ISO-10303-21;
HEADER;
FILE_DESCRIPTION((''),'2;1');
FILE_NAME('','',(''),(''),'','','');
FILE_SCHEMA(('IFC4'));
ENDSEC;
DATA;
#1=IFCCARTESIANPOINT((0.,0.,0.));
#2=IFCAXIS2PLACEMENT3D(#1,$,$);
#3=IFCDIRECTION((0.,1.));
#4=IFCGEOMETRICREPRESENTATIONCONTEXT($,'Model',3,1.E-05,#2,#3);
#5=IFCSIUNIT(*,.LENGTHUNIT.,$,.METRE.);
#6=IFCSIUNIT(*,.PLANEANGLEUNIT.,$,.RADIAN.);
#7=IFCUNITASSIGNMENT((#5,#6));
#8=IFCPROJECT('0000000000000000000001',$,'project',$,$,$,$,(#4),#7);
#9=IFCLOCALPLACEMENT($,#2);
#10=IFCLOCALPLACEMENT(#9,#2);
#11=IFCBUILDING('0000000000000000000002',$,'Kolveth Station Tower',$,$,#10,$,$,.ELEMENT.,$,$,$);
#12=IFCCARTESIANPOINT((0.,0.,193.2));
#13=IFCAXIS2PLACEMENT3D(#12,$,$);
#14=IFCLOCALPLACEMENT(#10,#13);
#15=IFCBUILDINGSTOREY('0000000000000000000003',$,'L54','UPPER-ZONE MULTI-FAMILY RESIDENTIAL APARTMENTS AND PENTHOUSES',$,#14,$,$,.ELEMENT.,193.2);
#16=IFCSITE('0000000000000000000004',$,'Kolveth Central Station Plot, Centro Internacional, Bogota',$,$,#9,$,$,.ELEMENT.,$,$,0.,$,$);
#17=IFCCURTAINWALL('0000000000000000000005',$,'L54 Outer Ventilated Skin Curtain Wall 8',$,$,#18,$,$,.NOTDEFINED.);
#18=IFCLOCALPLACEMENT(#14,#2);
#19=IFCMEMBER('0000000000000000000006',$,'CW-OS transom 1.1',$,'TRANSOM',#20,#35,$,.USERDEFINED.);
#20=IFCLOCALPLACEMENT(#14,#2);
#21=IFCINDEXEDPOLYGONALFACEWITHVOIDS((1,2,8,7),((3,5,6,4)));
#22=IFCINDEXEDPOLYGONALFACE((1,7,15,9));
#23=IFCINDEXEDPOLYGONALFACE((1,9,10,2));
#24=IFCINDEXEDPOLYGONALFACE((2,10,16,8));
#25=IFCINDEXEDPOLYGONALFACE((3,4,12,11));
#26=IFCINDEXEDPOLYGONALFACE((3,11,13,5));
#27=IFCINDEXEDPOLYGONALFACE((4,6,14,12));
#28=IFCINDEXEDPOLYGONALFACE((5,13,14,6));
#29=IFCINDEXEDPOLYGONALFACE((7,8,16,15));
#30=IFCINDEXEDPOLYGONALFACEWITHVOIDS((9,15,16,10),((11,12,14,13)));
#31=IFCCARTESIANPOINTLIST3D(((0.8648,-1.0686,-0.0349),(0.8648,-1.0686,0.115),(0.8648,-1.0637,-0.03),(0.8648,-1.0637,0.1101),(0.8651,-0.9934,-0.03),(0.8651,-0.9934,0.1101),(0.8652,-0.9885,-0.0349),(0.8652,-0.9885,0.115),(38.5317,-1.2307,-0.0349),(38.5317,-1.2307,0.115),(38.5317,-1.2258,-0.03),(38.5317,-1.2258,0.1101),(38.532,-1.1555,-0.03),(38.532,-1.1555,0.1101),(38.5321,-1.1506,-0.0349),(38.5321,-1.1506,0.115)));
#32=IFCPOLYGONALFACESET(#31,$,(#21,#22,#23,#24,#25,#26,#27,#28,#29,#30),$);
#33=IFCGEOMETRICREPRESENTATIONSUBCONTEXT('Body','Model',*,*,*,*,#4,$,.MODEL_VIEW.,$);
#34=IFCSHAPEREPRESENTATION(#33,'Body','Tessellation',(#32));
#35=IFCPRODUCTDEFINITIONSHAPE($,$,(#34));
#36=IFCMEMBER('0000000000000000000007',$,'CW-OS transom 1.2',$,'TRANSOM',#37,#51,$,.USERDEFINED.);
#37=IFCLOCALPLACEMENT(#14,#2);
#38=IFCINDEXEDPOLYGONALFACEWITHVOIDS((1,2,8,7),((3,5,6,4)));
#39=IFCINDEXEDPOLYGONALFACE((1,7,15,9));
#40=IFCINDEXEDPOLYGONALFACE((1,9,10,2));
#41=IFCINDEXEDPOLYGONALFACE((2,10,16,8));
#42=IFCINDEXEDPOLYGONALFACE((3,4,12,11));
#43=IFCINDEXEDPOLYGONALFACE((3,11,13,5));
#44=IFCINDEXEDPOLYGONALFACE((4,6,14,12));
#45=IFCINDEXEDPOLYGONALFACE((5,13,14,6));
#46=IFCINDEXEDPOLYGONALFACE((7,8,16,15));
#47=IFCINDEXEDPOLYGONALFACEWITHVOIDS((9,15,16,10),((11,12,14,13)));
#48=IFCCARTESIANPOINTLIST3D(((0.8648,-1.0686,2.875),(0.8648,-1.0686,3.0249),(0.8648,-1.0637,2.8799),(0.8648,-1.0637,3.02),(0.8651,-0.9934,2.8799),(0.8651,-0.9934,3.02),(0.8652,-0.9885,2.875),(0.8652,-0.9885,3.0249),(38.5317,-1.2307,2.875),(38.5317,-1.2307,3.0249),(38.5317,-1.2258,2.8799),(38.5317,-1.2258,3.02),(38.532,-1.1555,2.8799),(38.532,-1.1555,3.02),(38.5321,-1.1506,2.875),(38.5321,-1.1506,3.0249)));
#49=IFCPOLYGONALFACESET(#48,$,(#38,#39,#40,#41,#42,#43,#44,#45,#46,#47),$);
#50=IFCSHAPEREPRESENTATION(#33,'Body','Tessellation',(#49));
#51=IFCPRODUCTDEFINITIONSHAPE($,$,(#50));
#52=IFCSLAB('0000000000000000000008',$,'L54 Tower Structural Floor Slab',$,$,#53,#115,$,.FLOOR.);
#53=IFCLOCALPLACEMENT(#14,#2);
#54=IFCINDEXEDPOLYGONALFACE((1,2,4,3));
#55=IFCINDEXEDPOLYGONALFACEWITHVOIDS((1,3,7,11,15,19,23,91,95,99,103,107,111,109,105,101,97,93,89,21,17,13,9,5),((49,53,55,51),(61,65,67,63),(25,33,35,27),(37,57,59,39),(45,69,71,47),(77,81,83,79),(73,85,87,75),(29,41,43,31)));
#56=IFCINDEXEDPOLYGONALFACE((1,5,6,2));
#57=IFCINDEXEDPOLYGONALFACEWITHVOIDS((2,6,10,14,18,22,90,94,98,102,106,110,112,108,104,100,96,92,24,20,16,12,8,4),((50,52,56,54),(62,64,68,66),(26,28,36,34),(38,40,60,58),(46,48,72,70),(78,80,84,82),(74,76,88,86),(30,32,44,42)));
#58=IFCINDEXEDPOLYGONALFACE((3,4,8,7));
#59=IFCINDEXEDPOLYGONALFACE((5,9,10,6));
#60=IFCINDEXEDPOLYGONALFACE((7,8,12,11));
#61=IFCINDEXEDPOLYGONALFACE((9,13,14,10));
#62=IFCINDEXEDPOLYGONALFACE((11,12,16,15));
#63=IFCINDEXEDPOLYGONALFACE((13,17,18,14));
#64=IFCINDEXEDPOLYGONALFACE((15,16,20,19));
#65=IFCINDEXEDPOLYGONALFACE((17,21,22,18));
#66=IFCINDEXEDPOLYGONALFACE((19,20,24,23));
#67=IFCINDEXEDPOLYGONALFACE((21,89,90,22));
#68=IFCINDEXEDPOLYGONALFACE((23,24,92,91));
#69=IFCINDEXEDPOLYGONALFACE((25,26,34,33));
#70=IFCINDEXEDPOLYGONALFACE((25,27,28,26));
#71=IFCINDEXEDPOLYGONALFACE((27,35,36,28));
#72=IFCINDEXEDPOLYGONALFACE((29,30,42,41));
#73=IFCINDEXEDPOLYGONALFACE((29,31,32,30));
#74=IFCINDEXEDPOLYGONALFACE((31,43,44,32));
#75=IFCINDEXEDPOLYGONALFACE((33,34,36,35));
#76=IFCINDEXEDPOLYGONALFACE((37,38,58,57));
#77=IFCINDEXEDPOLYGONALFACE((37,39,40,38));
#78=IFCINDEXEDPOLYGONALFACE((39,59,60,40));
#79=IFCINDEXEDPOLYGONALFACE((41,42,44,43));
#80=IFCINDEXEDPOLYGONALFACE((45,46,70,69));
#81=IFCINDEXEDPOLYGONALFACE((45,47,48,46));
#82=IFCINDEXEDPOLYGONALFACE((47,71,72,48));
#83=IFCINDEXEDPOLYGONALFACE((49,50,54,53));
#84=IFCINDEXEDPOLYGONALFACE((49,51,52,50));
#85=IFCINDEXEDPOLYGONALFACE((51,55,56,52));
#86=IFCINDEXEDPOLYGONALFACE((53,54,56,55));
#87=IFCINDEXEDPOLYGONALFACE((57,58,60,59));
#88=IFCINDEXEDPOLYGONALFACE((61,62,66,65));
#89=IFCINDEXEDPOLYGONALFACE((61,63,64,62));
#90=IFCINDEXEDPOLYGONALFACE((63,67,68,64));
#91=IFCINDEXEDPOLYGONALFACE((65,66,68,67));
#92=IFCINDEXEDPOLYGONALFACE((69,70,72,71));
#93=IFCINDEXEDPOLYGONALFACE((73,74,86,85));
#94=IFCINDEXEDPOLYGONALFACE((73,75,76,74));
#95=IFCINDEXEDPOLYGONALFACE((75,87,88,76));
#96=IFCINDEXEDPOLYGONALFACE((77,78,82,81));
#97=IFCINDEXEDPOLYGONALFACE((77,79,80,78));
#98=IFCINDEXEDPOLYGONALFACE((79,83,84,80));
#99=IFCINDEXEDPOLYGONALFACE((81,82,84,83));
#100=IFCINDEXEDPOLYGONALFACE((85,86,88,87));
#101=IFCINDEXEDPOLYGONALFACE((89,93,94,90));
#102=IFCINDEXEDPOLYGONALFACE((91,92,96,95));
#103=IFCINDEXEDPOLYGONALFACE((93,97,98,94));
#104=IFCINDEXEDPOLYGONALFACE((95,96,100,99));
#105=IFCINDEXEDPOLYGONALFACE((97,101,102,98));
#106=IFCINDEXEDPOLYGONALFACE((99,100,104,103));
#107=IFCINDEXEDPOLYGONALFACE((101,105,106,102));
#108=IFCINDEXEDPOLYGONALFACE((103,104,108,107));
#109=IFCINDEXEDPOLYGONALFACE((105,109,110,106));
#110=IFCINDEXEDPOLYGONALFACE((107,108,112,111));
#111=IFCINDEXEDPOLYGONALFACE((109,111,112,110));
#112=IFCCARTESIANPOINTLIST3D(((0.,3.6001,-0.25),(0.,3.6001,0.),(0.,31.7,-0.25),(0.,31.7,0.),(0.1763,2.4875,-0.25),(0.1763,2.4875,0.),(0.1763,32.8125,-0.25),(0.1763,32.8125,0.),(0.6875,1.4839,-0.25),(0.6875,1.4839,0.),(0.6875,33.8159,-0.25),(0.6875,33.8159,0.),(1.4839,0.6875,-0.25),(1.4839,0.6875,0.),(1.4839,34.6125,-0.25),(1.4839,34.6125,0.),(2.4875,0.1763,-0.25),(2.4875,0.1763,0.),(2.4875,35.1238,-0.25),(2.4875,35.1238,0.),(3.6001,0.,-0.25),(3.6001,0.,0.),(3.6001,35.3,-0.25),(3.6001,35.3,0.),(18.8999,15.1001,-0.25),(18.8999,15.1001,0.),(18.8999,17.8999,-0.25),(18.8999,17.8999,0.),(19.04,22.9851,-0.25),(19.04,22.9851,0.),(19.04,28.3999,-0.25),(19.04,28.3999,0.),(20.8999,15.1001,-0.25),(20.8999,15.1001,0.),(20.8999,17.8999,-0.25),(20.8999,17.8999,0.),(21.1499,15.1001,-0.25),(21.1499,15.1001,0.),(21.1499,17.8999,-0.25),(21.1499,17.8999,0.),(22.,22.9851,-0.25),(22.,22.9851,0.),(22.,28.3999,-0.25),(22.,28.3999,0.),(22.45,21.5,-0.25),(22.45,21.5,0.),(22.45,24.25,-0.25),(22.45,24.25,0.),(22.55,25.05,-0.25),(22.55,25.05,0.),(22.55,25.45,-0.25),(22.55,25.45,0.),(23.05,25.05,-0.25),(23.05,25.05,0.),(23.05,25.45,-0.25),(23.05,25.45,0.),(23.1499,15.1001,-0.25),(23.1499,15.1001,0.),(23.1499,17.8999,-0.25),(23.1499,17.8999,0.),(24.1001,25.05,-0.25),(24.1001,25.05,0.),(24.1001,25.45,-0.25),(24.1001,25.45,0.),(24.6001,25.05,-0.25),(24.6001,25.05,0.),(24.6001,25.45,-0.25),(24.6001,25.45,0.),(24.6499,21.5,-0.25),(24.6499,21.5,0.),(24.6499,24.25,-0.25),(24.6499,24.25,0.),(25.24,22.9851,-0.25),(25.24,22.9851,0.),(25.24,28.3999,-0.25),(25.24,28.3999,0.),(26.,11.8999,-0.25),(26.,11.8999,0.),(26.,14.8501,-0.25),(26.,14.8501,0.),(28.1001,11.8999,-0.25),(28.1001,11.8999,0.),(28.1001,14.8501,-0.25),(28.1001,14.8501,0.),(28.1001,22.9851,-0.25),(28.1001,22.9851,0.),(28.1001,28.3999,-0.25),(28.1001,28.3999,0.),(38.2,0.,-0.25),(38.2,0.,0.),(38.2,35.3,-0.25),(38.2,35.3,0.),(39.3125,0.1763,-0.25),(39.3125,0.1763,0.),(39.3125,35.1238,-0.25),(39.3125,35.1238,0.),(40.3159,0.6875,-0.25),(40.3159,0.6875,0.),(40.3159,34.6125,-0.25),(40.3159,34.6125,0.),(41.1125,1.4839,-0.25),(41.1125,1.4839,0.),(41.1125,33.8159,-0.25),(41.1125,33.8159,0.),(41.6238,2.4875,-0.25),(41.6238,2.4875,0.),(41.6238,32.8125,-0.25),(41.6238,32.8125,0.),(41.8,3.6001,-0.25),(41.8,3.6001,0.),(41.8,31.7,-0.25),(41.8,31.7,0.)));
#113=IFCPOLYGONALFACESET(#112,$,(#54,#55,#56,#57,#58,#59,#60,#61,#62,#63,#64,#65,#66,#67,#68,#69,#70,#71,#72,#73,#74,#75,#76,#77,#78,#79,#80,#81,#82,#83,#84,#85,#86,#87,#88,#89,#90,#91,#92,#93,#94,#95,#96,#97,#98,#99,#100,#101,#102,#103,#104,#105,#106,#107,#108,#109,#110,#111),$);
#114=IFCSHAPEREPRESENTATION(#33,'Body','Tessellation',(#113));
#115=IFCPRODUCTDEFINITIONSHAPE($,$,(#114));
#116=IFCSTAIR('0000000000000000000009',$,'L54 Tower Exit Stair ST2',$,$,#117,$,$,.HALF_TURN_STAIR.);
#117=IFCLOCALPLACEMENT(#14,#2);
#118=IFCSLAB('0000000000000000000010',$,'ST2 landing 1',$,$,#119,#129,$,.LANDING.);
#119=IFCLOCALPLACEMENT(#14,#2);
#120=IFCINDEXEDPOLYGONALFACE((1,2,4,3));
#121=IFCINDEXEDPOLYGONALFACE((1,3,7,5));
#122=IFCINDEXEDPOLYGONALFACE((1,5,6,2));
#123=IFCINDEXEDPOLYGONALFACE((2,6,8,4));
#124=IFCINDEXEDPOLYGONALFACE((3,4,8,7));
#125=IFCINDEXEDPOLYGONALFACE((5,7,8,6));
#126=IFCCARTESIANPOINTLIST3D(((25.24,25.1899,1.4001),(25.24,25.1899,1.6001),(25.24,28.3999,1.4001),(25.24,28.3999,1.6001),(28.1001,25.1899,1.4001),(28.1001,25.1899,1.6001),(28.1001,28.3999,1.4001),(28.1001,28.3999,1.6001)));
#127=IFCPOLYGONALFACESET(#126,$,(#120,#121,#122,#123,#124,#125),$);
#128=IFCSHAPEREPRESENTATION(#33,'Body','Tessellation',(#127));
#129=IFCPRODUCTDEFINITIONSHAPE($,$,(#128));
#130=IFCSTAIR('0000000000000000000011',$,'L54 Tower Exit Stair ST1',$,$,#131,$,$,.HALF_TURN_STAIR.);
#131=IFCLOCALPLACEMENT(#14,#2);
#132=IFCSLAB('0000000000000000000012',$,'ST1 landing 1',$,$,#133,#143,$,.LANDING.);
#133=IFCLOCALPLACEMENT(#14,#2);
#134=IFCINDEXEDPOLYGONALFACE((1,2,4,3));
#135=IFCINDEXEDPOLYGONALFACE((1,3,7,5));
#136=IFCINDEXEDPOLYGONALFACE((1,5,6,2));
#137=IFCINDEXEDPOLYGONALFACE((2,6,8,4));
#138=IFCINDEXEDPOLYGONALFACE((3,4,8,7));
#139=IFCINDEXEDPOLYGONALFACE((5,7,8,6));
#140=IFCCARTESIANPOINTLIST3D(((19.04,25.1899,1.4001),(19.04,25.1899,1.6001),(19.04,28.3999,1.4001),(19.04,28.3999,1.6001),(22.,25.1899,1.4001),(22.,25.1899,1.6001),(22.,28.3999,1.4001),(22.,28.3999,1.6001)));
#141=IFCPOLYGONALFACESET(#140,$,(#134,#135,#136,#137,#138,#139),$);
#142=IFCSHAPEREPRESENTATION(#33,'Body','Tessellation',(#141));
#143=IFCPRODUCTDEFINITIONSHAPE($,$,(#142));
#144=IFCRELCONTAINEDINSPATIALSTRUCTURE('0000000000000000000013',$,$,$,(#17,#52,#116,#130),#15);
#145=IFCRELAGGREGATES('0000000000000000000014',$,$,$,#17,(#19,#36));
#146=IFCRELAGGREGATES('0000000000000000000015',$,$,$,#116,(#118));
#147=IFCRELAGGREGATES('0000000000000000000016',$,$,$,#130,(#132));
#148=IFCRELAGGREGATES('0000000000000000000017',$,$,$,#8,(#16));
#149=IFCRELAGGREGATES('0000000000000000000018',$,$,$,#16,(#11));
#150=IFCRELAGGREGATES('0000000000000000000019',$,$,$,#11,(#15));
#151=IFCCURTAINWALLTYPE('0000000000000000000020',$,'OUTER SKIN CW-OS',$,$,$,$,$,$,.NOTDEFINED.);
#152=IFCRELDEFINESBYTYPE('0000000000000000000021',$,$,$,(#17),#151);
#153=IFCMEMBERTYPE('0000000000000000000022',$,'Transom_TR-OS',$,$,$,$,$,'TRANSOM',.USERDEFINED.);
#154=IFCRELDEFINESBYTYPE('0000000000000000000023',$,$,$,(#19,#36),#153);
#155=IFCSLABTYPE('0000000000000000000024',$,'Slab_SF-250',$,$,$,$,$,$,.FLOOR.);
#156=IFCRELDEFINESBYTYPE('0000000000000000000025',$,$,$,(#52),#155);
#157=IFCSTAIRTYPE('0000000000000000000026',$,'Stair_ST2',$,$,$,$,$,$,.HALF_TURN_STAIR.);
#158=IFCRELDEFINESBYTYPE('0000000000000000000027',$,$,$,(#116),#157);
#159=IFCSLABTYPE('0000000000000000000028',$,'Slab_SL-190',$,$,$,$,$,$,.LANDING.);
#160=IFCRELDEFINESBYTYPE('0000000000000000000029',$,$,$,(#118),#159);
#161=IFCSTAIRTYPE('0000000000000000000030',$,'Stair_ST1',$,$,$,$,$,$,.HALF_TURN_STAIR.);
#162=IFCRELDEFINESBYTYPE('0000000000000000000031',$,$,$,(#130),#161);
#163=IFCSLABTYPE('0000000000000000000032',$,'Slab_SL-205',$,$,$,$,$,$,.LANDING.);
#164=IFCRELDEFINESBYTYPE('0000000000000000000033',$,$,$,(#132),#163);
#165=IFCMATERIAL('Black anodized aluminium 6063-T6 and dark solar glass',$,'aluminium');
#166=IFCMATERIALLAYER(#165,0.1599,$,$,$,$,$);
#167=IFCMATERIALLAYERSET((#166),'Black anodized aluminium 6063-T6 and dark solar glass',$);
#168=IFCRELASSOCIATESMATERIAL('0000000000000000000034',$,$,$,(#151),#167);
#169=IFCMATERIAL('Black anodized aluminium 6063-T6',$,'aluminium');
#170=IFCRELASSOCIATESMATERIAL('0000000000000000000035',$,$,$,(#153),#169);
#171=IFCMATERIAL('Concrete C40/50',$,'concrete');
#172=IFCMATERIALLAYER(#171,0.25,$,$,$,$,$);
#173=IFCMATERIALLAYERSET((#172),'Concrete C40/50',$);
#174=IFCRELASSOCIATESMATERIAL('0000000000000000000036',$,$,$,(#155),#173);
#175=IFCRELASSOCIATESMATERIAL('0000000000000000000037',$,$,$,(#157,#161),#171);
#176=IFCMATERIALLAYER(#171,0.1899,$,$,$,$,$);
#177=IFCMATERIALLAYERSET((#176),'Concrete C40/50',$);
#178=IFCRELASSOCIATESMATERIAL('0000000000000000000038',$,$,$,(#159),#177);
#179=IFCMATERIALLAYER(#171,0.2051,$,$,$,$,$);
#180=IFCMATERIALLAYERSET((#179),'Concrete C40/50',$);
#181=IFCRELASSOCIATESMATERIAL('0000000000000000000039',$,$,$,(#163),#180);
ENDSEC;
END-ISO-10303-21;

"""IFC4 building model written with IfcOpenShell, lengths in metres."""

from ifc_helpers import new_model, si_unit, direction, frame, origin, origin_2d, place, context, subcontext, project, spatial, polyline, hollow_rectangle, outline, extrude, source, transform, mapped, material, layer, layer_set, material_profile, profile_set, type_object, element, aggregate, save


model = new_model("IFC4")

# Units and contexts
model_context = context("Model", 3, precision=1e-05, world=origin(), true_north=direction((0.0, 1.0)))
body_context = subcontext(model_context, "Body", "Model", "MODEL_VIEW")
ifc_project = project(units=[si_unit("LENGTHUNIT", "METRE"), si_unit("PLANEANGLEUNIT", "RADIAN")], contexts=[model_context])

# Site, building, storey
site_placement = place(None, origin())
site = spatial("IfcSite", under=ifc_project, at=site_placement, Name="Kolveth Central Station Plot, Centro Internacional, Bogota", CompositionType="ELEMENT", RefElevation=0.0)
building_placement = place(site_placement, origin())
building = spatial("IfcBuilding", under=site, at=building_placement, Name="Kolveth Station Tower", CompositionType="ELEMENT")
storey_placement = place(building_placement, frame((0.0, 0.0, 193.2)))
storey = spatial("IfcBuildingStorey", under=building, at=storey_placement, Name="L54", Description="UPPER-ZONE MULTI-FAMILY RESIDENTIAL APARTMENTS AND PENTHOUSES", CompositionType="ELEMENT", Elevation=193.2)

# Shared definitions
ifc_material_1 = material(Name="Black anodized aluminium 6063-T6", Category="aluminium")

# Curtain wall
ifc_material_2 = material(Name="Black anodized aluminium 6063-T6 and dark solar glass", Category="aluminium")
ifc_layer_1 = layer(ifc_material_2, 0.1599)
ifc_layer_set_1 = layer_set([ifc_layer_1], Name="Black anodized aluminium 6063-T6 and dark solar glass")
curtain_wall_type_1 = type_object("IfcCurtainWallType", Name="OUTER SKIN CW-OS", PredefinedType="NOTDEFINED", material=ifc_layer_set_1)
curtain_wall_1_placement = place(storey_placement, origin())
curtain_wall_1 = element("IfcCurtainWall", 1, at=curtain_wall_1_placement, inside=storey, type_object=curtain_wall_type_1, Name="L54 Outer Ventilated Skin Curtain Wall 8", PredefinedType="NOTDEFINED")

# Members
ifc_material_profile_1 = material_profile(ifc_material_1, hollow_rectangle(XDim=0.0801, YDim=0.1499, WallThickness=0.0049, at=origin_2d()), Name="ALU-80x150x5")
ifc_profile_set_1 = profile_set([ifc_material_profile_1], Name="Black anodized aluminium 6063-T6")
member_type_1 = type_object("IfcMemberType", Name="Transom_TR-OS", ElementType="TRANSOM", PredefinedType="USERDEFINED", material=ifc_profile_set_1)
shared_shape_1 = source(origin(), body_context, "Body", "SweptSolid", [
    extrude(hollow_rectangle(XDim=0.0801, YDim=0.1499, WallThickness=0.0049, at=origin_2d()), origin(), (0.0, 0.0, 1.0), 37.6672),
])
member_1_placement = place(storey_placement, frame((0.865, -1.0286, 0.04), z_axis=(0.999991, -0.004304, 0.0), x_axis=(0.004304, 0.999991, 0.0)))
member_1 = element("IfcMember", 2, at=member_1_placement, type_object=member_type_1, Name="CW-OS transom 1.1", ObjectType="TRANSOM", PredefinedType="USERDEFINED", context=body_context, shape_type="MappedRepresentation", body=[
    mapped(shared_shape_1, transform((0.0, 0.0, 0.0), x_axis=(1.0, 0.0, 0.0), y_axis=(0.0, 1.0, 0.0), z_axis=(0.0, 0.0, 1.0), scale=1.0)),
])
member_2_placement = place(storey_placement, frame((0.865, -1.0286, 2.95), z_axis=(0.999991, -0.004304, 0.0), x_axis=(0.004304, 0.999991, 0.0)))
member_2 = element("IfcMember", 3, at=member_2_placement, type_object=member_type_1, Name="CW-OS transom 1.2", ObjectType="TRANSOM", PredefinedType="USERDEFINED", context=body_context, shape_type="MappedRepresentation", body=[
    mapped(shared_shape_1, transform((0.0, 0.0, 0.0), x_axis=(1.0, 0.0, 0.0), y_axis=(0.0, 1.0, 0.0), z_axis=(0.0, 0.0, 1.0), scale=1.0)),
])
aggregate(curtain_wall_1, [member_1, member_2])

# Slab
ifc_material_3 = material(Name="Concrete C40/50", Category="concrete")
ifc_layer_2 = layer(ifc_material_3, 0.25)
ifc_layer_set_2 = layer_set([ifc_layer_2], Name="Concrete C40/50")
slab_type_1 = type_object("IfcSlabType", Name="Slab_SF-250", PredefinedType="FLOOR", material=ifc_layer_set_2)
slab_1_placement = place(storey_placement, frame((0.0, 0.0, -0.25)))
element("IfcSlab", 4, at=slab_1_placement, inside=storey, type_object=slab_type_1, Name="L54 Tower Structural Floor Slab", PredefinedType="FLOOR", context=body_context, shape_type="SweptSolid", body=[
    extrude(outline(polyline([(38.2, 0.0), (39.3125, 0.1763), (40.3159, 0.6875), (41.1125, 1.4839), (41.6238, 2.4875), (41.8, 3.6001), (41.8, 31.7), (41.6238, 32.8125), (41.1125, 33.8159), (40.3159, 34.6125), (39.3125, 35.1238), (38.2, 35.3), (3.6001, 35.3), (2.4875, 35.1238), (1.4839, 34.6125), (0.6875, 33.8159), (0.1763, 32.8125), (0.0, 31.7), (0.0, 3.6001), (0.1763, 2.4875), (0.6875, 1.4839), (1.4839, 0.6875), (2.4875, 0.1763), (3.6001, 0.0), (38.2, 0.0)]), holes=[polyline([(19.04, 22.9851), (22.0, 22.9851), (22.0, 28.3999), (19.04, 28.3999), (19.04, 22.9851)]), polyline([(25.24, 22.9851), (28.1001, 22.9851), (28.1001, 28.3999), (25.24, 28.3999), (25.24, 22.9851)]), polyline([(18.8999, 15.1001), (20.8999, 15.1001), (20.8999, 17.8999), (18.8999, 17.8999), (18.8999, 15.1001)]), polyline([(21.1499, 15.1001), (23.1499, 15.1001), (23.1499, 17.8999), (21.1499, 17.8999), (21.1499, 15.1001)]), polyline([(22.45, 21.5), (24.6499, 21.5), (24.6499, 24.25), (22.45, 24.25), (22.45, 21.5)]), polyline([(26.0, 11.8999), (28.1001, 11.8999), (28.1001, 14.8501), (26.0, 14.8501), (26.0, 11.8999)]), polyline([(22.55, 25.05), (23.05, 25.05), (23.05, 25.45), (22.55, 25.45), (22.55, 25.05)]), polyline([(24.1001, 25.05), (24.6001, 25.05), (24.6001, 25.45), (24.1001, 25.45), (24.1001, 25.05)])]), origin(), (0.0, 0.0, 1.0), 0.25),
])

# Stairs, slabs
stair_type_1 = type_object("IfcStairType", Name="Stair_ST2", PredefinedType="HALF_TURN_STAIR", material=ifc_material_3)
stair_1_placement = place(storey_placement, origin())
stair_1 = element("IfcStair", 5, at=stair_1_placement, inside=storey, type_object=stair_type_1, Name="L54 Tower Exit Stair ST2", PredefinedType="HALF_TURN_STAIR")
ifc_layer_3 = layer(ifc_material_3, 0.1899)
ifc_layer_set_3 = layer_set([ifc_layer_3], Name="Concrete C40/50")
slab_type_2 = type_object("IfcSlabType", Name="Slab_SL-190", PredefinedType="LANDING", material=ifc_layer_set_3)
slab_2_placement = place(storey_placement, frame((0.0, 0.0, 1.4001)))
slab_2 = element("IfcSlab", 6, at=slab_2_placement, type_object=slab_type_2, Name="ST2 landing 1", PredefinedType="LANDING", context=body_context, shape_type="SweptSolid", body=[
    extrude(outline(polyline([(28.1001, 25.1899), (28.1001, 28.3999), (25.24, 28.3999), (25.24, 25.1899), (28.1001, 25.1899)])), origin(), (0.0, 0.0, 1.0), 0.2),
])
aggregate(stair_1, [slab_2])
stair_type_2 = type_object("IfcStairType", Name="Stair_ST1", PredefinedType="HALF_TURN_STAIR", material=ifc_material_3)
stair_2_placement = place(storey_placement, origin())
stair_2 = element("IfcStair", 7, at=stair_2_placement, inside=storey, type_object=stair_type_2, Name="L54 Tower Exit Stair ST1", PredefinedType="HALF_TURN_STAIR")
ifc_layer_4 = layer(ifc_material_3, 0.2051)
ifc_layer_set_4 = layer_set([ifc_layer_4], Name="Concrete C40/50")
slab_type_3 = type_object("IfcSlabType", Name="Slab_SL-205", PredefinedType="LANDING", material=ifc_layer_set_4)
slab_3_placement = place(storey_placement, frame((0.0, 0.0, 1.4001)))
slab_3 = element("IfcSlab", 8, at=slab_3_placement, type_object=slab_type_3, Name="ST1 landing 1", PredefinedType="LANDING", context=body_context, shape_type="SweptSolid", body=[
    extrude(outline(polyline([(22.0, 25.1899), (22.0, 28.3999), (19.04, 28.3999), (19.04, 25.1899), (22.0, 25.1899)])), origin(), (0.0, 0.0, 1.0), 0.2),
])
aggregate(stair_2, [slab_3])

save(model, "model.ifc")
